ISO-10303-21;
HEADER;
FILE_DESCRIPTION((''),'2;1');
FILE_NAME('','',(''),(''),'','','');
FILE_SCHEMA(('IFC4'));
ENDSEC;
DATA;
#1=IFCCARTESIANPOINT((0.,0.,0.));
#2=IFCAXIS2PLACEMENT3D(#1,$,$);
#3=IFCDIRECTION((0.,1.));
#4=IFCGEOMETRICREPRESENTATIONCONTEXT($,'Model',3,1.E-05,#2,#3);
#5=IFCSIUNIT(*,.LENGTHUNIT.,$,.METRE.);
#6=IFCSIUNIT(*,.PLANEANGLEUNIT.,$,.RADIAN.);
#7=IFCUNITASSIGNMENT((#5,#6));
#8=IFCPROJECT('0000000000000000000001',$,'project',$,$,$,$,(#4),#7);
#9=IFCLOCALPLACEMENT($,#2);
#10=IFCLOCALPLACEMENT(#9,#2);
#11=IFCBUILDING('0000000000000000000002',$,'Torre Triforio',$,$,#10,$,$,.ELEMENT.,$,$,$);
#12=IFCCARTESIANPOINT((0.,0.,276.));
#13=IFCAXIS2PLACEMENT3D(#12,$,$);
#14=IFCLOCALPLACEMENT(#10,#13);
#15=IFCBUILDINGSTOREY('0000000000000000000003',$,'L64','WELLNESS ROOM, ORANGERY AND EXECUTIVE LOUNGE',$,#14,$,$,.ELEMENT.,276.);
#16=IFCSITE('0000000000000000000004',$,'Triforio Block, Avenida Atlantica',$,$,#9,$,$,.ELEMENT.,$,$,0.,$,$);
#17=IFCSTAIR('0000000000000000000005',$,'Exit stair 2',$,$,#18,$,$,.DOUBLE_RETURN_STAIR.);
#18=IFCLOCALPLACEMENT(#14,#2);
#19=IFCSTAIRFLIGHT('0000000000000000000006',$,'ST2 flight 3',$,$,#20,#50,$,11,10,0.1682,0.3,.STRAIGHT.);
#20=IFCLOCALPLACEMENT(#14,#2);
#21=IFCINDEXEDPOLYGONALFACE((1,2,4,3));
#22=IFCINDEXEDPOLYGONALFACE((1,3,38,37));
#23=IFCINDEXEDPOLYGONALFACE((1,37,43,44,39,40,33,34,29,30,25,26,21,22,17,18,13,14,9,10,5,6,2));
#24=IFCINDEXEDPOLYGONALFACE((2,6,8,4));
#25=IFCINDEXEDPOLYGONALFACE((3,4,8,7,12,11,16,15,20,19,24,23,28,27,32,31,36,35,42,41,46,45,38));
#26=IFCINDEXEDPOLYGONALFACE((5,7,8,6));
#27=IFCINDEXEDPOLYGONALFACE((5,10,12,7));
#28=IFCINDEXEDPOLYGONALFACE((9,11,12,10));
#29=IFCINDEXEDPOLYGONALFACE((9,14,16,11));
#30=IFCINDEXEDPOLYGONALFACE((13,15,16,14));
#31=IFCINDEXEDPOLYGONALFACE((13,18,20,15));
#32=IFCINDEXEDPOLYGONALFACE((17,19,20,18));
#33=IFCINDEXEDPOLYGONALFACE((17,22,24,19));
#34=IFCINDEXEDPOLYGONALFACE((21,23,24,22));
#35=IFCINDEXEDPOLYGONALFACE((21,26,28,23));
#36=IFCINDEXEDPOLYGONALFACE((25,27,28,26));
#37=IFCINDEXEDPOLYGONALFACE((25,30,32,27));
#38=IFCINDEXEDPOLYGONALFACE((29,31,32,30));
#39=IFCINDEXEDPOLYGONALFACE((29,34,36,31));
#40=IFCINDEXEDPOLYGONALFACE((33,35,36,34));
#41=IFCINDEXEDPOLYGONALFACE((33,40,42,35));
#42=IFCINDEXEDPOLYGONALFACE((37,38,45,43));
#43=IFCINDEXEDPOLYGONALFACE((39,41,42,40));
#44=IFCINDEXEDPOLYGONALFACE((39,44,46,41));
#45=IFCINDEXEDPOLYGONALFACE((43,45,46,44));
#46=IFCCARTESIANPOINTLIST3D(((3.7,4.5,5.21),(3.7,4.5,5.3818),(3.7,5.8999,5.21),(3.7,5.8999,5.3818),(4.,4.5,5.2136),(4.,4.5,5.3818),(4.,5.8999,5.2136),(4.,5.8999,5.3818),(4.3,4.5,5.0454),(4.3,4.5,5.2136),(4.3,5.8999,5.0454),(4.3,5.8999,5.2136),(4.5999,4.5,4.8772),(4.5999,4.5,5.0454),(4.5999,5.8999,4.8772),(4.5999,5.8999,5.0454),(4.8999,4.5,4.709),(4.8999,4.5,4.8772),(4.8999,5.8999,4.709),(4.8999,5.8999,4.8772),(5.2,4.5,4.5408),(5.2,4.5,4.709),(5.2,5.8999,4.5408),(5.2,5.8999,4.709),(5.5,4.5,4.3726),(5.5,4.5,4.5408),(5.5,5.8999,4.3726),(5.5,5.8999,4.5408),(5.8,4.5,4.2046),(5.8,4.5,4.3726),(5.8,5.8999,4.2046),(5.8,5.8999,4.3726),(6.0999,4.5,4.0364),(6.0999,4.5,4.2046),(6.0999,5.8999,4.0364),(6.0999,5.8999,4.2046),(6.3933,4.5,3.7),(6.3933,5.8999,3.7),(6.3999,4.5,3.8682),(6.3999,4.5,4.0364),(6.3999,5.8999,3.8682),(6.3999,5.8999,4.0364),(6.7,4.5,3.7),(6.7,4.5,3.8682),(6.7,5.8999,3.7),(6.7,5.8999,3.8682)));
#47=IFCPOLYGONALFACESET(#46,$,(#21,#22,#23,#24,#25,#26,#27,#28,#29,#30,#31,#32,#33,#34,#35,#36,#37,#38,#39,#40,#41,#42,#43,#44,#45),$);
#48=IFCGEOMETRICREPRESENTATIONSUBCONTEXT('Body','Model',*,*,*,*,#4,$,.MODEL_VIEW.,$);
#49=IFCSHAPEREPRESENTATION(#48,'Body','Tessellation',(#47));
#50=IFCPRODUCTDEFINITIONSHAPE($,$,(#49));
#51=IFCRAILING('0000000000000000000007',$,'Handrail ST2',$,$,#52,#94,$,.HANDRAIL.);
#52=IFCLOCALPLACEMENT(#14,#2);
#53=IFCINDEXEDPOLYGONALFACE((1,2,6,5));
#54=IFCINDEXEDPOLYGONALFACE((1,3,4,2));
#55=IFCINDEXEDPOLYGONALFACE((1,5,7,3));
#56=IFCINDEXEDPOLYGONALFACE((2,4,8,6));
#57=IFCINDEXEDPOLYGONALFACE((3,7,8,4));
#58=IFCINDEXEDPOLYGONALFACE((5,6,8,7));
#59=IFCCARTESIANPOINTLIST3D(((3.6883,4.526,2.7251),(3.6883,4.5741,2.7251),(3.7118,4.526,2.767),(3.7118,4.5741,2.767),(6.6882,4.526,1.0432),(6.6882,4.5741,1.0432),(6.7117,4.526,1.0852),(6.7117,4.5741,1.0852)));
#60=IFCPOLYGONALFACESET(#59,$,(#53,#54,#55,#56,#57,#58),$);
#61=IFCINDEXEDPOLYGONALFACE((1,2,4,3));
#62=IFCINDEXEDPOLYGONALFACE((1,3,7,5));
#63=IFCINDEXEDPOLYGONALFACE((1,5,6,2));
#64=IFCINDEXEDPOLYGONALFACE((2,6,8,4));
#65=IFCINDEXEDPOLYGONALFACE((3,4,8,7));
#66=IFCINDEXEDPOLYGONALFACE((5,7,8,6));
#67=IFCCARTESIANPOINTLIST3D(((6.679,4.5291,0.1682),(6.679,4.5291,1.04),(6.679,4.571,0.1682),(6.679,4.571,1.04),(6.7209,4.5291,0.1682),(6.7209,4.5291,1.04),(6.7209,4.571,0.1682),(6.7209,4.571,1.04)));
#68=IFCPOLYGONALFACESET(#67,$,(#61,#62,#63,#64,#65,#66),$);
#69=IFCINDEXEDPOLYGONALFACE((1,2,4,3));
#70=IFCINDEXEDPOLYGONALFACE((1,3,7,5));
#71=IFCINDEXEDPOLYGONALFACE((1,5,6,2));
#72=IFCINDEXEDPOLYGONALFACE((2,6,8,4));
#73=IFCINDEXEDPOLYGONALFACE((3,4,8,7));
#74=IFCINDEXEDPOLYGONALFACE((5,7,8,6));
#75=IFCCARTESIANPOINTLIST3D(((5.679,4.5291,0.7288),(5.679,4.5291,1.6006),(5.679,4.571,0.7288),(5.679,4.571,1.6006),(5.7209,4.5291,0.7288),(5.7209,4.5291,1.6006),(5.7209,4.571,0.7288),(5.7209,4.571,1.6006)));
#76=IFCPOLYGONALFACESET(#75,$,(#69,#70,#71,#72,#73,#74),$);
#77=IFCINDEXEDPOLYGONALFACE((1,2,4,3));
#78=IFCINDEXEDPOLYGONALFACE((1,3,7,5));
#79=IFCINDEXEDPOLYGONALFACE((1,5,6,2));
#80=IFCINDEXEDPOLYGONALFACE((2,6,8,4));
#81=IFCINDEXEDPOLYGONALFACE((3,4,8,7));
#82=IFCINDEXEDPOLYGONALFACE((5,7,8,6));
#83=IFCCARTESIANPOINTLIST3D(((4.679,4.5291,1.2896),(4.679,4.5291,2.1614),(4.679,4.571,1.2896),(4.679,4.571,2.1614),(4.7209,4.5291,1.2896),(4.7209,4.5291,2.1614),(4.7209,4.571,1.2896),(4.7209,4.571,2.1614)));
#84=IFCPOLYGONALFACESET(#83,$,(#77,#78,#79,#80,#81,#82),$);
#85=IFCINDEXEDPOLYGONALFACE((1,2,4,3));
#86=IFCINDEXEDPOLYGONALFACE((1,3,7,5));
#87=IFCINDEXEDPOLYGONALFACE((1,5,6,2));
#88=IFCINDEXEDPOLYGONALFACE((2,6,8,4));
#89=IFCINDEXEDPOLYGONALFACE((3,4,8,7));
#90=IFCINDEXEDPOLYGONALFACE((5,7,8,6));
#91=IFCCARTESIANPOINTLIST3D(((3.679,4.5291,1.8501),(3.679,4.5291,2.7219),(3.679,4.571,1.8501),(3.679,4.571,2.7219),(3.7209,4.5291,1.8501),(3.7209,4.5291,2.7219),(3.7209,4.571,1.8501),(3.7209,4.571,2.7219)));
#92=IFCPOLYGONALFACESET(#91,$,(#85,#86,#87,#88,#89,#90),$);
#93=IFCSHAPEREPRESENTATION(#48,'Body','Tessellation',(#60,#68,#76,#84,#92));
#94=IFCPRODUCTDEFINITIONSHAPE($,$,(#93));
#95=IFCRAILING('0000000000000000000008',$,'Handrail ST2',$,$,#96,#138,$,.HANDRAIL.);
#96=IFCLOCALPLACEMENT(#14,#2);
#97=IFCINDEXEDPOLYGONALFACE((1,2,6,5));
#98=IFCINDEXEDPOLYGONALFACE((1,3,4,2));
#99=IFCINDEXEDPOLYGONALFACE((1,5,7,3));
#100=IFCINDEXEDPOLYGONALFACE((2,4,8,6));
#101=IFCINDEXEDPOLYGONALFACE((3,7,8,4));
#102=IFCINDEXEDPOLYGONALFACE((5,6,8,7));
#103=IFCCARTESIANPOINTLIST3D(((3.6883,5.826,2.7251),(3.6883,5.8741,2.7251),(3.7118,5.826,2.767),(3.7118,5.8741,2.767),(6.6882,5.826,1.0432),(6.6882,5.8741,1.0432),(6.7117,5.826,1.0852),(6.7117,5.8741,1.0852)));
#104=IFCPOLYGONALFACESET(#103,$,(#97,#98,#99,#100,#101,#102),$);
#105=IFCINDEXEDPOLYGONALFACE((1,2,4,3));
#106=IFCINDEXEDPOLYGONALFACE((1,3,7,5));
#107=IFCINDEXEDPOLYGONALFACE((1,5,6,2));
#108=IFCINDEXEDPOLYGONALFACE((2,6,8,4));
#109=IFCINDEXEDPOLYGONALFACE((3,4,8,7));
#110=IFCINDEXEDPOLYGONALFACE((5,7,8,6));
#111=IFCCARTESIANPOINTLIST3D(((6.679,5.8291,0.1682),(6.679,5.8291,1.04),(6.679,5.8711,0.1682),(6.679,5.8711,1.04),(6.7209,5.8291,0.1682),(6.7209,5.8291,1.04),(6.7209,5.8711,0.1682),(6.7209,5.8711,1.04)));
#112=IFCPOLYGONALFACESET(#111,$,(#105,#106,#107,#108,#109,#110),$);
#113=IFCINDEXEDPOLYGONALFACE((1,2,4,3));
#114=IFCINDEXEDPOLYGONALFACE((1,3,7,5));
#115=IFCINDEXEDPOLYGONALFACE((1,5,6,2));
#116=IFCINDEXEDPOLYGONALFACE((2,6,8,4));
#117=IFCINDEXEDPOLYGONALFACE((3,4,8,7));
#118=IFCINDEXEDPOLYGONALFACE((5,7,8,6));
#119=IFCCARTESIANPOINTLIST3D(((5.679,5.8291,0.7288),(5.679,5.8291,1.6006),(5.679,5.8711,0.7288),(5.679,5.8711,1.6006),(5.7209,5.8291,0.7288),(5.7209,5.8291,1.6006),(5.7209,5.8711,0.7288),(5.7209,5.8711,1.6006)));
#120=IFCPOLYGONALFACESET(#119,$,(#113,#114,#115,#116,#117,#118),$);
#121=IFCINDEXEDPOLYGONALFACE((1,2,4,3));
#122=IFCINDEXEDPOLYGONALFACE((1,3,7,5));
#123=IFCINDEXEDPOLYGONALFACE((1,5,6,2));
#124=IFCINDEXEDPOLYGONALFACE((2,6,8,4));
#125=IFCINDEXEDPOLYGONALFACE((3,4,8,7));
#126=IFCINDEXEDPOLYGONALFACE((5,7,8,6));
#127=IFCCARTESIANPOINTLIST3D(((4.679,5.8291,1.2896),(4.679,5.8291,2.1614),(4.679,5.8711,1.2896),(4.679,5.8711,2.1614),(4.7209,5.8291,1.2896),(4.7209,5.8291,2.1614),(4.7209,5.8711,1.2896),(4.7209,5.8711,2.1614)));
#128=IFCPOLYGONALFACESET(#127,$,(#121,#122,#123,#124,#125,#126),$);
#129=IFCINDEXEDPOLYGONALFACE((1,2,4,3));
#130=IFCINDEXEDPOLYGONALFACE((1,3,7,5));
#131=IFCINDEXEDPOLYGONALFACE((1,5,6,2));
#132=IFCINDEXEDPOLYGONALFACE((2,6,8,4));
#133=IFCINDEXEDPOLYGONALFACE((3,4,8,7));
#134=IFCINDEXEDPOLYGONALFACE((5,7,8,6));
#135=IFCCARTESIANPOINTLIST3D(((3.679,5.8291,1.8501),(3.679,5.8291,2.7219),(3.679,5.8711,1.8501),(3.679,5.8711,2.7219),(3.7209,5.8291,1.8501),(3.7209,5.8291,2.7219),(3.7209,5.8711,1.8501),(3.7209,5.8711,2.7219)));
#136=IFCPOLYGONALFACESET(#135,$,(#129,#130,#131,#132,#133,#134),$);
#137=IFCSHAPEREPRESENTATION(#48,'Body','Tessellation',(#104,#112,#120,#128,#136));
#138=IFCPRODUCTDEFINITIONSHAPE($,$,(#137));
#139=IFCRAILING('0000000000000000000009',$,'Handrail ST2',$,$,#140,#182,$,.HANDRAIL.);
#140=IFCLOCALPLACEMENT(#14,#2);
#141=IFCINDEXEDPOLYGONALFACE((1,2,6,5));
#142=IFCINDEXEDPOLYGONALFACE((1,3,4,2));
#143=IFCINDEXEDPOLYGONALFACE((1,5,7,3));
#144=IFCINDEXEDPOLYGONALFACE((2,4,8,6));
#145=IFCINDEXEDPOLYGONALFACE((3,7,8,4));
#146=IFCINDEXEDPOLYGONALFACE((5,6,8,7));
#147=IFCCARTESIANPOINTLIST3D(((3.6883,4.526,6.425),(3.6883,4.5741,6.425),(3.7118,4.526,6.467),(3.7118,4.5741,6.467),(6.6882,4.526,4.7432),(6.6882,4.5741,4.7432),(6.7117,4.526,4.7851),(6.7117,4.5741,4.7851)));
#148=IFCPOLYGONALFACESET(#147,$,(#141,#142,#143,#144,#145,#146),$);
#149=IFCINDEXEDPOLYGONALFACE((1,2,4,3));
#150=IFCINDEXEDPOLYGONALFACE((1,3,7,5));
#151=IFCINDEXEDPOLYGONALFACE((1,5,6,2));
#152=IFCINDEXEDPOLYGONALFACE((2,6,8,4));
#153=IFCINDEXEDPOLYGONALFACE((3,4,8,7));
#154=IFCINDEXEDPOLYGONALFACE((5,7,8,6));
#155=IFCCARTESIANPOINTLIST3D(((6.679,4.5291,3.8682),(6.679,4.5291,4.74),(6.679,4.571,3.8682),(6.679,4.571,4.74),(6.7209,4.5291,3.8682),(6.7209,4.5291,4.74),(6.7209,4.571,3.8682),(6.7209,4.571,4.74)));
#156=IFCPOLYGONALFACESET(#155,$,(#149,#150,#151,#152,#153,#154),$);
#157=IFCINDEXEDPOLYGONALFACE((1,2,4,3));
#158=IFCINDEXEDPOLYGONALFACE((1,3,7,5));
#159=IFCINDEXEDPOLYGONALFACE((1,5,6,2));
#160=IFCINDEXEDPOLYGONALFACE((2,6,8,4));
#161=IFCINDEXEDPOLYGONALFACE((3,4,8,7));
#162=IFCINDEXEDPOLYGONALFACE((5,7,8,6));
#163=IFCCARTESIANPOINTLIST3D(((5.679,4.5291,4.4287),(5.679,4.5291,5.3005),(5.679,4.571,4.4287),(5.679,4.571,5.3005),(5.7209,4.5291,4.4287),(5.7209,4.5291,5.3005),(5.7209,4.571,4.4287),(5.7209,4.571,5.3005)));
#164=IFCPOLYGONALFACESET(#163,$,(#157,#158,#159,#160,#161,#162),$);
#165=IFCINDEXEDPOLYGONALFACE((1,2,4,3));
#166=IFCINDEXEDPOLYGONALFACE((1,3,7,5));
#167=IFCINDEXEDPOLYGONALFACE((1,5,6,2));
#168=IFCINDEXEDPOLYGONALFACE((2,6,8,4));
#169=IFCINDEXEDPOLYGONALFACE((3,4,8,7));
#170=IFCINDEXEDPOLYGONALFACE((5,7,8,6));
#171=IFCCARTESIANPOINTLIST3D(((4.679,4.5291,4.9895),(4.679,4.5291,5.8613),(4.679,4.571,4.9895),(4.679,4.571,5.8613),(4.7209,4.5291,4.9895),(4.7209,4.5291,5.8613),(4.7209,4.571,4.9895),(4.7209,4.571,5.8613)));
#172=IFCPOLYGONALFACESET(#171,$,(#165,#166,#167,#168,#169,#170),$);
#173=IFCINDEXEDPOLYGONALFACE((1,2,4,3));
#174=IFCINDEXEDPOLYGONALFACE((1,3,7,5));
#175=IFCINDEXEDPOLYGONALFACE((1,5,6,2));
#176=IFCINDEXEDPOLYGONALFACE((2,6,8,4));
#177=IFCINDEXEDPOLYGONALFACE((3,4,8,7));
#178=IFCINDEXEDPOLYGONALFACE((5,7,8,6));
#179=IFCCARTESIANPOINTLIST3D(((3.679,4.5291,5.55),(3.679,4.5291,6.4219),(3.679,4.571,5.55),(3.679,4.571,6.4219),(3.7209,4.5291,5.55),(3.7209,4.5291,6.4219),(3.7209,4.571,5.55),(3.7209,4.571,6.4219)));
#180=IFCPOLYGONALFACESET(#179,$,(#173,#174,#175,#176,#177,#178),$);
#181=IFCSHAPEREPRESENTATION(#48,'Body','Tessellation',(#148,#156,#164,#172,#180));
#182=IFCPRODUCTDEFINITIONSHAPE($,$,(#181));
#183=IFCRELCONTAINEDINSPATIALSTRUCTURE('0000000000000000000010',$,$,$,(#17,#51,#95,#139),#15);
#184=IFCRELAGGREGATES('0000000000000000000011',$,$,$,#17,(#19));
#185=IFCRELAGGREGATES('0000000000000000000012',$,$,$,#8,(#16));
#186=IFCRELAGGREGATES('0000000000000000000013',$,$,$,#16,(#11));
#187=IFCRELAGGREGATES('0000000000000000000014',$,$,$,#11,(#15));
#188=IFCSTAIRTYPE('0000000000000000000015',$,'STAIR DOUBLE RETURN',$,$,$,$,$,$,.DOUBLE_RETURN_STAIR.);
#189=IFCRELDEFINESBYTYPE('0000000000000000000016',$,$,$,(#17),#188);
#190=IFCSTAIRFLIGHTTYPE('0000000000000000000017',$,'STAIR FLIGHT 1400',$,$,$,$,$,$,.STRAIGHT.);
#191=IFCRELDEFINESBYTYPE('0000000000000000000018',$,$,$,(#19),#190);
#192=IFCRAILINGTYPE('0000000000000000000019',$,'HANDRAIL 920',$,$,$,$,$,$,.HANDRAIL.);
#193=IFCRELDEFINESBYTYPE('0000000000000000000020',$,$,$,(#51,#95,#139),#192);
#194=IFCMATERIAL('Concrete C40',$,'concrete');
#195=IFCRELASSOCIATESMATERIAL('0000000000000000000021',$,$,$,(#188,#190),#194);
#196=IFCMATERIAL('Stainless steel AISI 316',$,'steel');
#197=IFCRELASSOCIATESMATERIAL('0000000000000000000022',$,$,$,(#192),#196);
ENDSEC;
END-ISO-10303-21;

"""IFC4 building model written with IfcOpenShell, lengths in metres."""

from ifc_helpers import new_model, si_unit, direction, frame, origin, origin_2d, place, context, subcontext, project, spatial, polyline, rectangle, outline, extrude, material, type_object, element, aggregate, save


model = new_model("IFC4")

# Units and contexts
model_context = context("Model", 3, precision=1e-05, world=origin(), true_north=direction((0.0, 1.0)))
body_context = subcontext(model_context, "Body", "Model", "MODEL_VIEW")
ifc_project = project(units=[si_unit("LENGTHUNIT", "METRE"), si_unit("PLANEANGLEUNIT", "RADIAN")], contexts=[model_context])

# Site, building, storey
site_placement = place(None, origin())
site = spatial("IfcSite", under=ifc_project, at=site_placement, Name="Triforio Block, Avenida Atlantica", CompositionType="ELEMENT", RefElevation=0.0)
building_placement = place(site_placement, origin())
building = spatial("IfcBuilding", under=site, at=building_placement, Name="Torre Triforio", CompositionType="ELEMENT")
storey_placement = place(building_placement, frame((0.0, 0.0, 276.0)))
storey = spatial("IfcBuildingStorey", under=building, at=storey_placement, Name="L64", Description="WELLNESS ROOM, ORANGERY AND EXECUTIVE LOUNGE", CompositionType="ELEMENT", Elevation=276.0)

# Shared definitions
ifc_material_1 = material(Name="Concrete C40", Category="concrete")

# Stair
stair_type = type_object("IfcStairType", Name="STAIR DOUBLE RETURN", PredefinedType="DOUBLE_RETURN_STAIR", material=ifc_material_1)
stair_1_placement = place(storey_placement, origin())
stair_1 = element("IfcStair", 1, at=stair_1_placement, inside=storey, type_object=stair_type, Name="Exit stair 2", PredefinedType="DOUBLE_RETURN_STAIR")

# Stair flight
stair_flight_type = type_object("IfcStairFlightType", Name="STAIR FLIGHT 1400", PredefinedType="STRAIGHT", material=ifc_material_1)
stair_flight_1_placement = place(storey_placement, frame((6.7, 5.2, 3.7), z_axis=(0.0, 0.0, 1.0), x_axis=(-1.0, 0.0, 0.0)))
stair_flight_1 = element("IfcStairFlight", 2, at=stair_flight_1_placement, type_object=stair_flight_type, Name="ST2 flight 3", NumberOfRisers=11, NumberOfTreads=10, PredefinedType="STRAIGHT", RiserHeight=0.1682, TreadLength=0.3, context=body_context, shape_type="SweptSolid", body=[
    extrude(outline(polyline([(0.0, 0.0), (0.0, 0.1682), (0.3, 0.1682), (0.3, 0.3364), (0.6001, 0.3364), (0.6001, 0.5046), (0.8999, 0.5046), (0.8999, 0.6726), (1.2, 0.6726), (1.2, 0.8408), (1.5, 0.8408), (1.5, 1.009), (1.8, 1.009), (1.8, 1.1772), (2.1001, 1.1772), (2.1001, 1.3455), (2.3999, 1.3455), (2.3999, 1.5137), (2.7, 1.5137), (2.7, 1.6819), (3.0, 1.6819), (3.0, 1.8501), (3.0, 1.51), (0.3066, 0.0), (0.0, 0.0)])), frame((0.0, 0.7, 0.0), z_axis=(0.0, -1.0, 0.0), x_axis=(1.0, 0.0, 0.0)), (0.0, 0.0, 1.0), 1.3999),
])
aggregate(stair_1, [stair_flight_1])

# Railings
ifc_material_2 = material(Name="Stainless steel AISI 316", Category="steel")
railing_type = type_object("IfcRailingType", Name="HANDRAIL 920", PredefinedType="HANDRAIL", material=ifc_material_2)
for number, where, name in (
    (3, (6.7, 4.55, 0.1682), "Handrail ST2"),
    (4, (6.7, 5.8501, 0.1682), "Handrail ST2"),
    (5, (6.7, 4.55, 3.8682), "Handrail ST2"),
):
    element("IfcRailing", number, at=place(storey_placement, frame(where)), inside=storey, type_object=railing_type, Name=name, PredefinedType="HANDRAIL", context=body_context, shape_type="SweptSolid", body=[
        extrude(rectangle(XDim=0.0481, YDim=0.0481, at=origin_2d()), frame((0.0, 0.0, 0.896), z_axis=(-0.872272, 0.0, 0.48902), x_axis=(0.0, -1.0, 0.0)), (0.0, 0.0, 1.0), 3.4392),
        extrude(rectangle(XDim=0.042, YDim=0.042, at=origin_2d()), origin(), (0.0, 0.0, 1.0), 0.8718),
        extrude(rectangle(XDim=0.042, YDim=0.042, at=origin_2d()), frame((-1.0, 0.0, 0.5605)), (0.0, 0.0, 1.0), 0.8718),
        extrude(rectangle(XDim=0.042, YDim=0.042, at=origin_2d()), frame((-2.0, 0.0, 1.1213)), (0.0, 0.0, 1.0), 0.8718),
        extrude(rectangle(XDim=0.042, YDim=0.042, at=origin_2d()), frame((-3.0, 0.0, 1.6819)), (0.0, 0.0, 1.0), 0.8718),
    ])

save(model, "model.ifc")
